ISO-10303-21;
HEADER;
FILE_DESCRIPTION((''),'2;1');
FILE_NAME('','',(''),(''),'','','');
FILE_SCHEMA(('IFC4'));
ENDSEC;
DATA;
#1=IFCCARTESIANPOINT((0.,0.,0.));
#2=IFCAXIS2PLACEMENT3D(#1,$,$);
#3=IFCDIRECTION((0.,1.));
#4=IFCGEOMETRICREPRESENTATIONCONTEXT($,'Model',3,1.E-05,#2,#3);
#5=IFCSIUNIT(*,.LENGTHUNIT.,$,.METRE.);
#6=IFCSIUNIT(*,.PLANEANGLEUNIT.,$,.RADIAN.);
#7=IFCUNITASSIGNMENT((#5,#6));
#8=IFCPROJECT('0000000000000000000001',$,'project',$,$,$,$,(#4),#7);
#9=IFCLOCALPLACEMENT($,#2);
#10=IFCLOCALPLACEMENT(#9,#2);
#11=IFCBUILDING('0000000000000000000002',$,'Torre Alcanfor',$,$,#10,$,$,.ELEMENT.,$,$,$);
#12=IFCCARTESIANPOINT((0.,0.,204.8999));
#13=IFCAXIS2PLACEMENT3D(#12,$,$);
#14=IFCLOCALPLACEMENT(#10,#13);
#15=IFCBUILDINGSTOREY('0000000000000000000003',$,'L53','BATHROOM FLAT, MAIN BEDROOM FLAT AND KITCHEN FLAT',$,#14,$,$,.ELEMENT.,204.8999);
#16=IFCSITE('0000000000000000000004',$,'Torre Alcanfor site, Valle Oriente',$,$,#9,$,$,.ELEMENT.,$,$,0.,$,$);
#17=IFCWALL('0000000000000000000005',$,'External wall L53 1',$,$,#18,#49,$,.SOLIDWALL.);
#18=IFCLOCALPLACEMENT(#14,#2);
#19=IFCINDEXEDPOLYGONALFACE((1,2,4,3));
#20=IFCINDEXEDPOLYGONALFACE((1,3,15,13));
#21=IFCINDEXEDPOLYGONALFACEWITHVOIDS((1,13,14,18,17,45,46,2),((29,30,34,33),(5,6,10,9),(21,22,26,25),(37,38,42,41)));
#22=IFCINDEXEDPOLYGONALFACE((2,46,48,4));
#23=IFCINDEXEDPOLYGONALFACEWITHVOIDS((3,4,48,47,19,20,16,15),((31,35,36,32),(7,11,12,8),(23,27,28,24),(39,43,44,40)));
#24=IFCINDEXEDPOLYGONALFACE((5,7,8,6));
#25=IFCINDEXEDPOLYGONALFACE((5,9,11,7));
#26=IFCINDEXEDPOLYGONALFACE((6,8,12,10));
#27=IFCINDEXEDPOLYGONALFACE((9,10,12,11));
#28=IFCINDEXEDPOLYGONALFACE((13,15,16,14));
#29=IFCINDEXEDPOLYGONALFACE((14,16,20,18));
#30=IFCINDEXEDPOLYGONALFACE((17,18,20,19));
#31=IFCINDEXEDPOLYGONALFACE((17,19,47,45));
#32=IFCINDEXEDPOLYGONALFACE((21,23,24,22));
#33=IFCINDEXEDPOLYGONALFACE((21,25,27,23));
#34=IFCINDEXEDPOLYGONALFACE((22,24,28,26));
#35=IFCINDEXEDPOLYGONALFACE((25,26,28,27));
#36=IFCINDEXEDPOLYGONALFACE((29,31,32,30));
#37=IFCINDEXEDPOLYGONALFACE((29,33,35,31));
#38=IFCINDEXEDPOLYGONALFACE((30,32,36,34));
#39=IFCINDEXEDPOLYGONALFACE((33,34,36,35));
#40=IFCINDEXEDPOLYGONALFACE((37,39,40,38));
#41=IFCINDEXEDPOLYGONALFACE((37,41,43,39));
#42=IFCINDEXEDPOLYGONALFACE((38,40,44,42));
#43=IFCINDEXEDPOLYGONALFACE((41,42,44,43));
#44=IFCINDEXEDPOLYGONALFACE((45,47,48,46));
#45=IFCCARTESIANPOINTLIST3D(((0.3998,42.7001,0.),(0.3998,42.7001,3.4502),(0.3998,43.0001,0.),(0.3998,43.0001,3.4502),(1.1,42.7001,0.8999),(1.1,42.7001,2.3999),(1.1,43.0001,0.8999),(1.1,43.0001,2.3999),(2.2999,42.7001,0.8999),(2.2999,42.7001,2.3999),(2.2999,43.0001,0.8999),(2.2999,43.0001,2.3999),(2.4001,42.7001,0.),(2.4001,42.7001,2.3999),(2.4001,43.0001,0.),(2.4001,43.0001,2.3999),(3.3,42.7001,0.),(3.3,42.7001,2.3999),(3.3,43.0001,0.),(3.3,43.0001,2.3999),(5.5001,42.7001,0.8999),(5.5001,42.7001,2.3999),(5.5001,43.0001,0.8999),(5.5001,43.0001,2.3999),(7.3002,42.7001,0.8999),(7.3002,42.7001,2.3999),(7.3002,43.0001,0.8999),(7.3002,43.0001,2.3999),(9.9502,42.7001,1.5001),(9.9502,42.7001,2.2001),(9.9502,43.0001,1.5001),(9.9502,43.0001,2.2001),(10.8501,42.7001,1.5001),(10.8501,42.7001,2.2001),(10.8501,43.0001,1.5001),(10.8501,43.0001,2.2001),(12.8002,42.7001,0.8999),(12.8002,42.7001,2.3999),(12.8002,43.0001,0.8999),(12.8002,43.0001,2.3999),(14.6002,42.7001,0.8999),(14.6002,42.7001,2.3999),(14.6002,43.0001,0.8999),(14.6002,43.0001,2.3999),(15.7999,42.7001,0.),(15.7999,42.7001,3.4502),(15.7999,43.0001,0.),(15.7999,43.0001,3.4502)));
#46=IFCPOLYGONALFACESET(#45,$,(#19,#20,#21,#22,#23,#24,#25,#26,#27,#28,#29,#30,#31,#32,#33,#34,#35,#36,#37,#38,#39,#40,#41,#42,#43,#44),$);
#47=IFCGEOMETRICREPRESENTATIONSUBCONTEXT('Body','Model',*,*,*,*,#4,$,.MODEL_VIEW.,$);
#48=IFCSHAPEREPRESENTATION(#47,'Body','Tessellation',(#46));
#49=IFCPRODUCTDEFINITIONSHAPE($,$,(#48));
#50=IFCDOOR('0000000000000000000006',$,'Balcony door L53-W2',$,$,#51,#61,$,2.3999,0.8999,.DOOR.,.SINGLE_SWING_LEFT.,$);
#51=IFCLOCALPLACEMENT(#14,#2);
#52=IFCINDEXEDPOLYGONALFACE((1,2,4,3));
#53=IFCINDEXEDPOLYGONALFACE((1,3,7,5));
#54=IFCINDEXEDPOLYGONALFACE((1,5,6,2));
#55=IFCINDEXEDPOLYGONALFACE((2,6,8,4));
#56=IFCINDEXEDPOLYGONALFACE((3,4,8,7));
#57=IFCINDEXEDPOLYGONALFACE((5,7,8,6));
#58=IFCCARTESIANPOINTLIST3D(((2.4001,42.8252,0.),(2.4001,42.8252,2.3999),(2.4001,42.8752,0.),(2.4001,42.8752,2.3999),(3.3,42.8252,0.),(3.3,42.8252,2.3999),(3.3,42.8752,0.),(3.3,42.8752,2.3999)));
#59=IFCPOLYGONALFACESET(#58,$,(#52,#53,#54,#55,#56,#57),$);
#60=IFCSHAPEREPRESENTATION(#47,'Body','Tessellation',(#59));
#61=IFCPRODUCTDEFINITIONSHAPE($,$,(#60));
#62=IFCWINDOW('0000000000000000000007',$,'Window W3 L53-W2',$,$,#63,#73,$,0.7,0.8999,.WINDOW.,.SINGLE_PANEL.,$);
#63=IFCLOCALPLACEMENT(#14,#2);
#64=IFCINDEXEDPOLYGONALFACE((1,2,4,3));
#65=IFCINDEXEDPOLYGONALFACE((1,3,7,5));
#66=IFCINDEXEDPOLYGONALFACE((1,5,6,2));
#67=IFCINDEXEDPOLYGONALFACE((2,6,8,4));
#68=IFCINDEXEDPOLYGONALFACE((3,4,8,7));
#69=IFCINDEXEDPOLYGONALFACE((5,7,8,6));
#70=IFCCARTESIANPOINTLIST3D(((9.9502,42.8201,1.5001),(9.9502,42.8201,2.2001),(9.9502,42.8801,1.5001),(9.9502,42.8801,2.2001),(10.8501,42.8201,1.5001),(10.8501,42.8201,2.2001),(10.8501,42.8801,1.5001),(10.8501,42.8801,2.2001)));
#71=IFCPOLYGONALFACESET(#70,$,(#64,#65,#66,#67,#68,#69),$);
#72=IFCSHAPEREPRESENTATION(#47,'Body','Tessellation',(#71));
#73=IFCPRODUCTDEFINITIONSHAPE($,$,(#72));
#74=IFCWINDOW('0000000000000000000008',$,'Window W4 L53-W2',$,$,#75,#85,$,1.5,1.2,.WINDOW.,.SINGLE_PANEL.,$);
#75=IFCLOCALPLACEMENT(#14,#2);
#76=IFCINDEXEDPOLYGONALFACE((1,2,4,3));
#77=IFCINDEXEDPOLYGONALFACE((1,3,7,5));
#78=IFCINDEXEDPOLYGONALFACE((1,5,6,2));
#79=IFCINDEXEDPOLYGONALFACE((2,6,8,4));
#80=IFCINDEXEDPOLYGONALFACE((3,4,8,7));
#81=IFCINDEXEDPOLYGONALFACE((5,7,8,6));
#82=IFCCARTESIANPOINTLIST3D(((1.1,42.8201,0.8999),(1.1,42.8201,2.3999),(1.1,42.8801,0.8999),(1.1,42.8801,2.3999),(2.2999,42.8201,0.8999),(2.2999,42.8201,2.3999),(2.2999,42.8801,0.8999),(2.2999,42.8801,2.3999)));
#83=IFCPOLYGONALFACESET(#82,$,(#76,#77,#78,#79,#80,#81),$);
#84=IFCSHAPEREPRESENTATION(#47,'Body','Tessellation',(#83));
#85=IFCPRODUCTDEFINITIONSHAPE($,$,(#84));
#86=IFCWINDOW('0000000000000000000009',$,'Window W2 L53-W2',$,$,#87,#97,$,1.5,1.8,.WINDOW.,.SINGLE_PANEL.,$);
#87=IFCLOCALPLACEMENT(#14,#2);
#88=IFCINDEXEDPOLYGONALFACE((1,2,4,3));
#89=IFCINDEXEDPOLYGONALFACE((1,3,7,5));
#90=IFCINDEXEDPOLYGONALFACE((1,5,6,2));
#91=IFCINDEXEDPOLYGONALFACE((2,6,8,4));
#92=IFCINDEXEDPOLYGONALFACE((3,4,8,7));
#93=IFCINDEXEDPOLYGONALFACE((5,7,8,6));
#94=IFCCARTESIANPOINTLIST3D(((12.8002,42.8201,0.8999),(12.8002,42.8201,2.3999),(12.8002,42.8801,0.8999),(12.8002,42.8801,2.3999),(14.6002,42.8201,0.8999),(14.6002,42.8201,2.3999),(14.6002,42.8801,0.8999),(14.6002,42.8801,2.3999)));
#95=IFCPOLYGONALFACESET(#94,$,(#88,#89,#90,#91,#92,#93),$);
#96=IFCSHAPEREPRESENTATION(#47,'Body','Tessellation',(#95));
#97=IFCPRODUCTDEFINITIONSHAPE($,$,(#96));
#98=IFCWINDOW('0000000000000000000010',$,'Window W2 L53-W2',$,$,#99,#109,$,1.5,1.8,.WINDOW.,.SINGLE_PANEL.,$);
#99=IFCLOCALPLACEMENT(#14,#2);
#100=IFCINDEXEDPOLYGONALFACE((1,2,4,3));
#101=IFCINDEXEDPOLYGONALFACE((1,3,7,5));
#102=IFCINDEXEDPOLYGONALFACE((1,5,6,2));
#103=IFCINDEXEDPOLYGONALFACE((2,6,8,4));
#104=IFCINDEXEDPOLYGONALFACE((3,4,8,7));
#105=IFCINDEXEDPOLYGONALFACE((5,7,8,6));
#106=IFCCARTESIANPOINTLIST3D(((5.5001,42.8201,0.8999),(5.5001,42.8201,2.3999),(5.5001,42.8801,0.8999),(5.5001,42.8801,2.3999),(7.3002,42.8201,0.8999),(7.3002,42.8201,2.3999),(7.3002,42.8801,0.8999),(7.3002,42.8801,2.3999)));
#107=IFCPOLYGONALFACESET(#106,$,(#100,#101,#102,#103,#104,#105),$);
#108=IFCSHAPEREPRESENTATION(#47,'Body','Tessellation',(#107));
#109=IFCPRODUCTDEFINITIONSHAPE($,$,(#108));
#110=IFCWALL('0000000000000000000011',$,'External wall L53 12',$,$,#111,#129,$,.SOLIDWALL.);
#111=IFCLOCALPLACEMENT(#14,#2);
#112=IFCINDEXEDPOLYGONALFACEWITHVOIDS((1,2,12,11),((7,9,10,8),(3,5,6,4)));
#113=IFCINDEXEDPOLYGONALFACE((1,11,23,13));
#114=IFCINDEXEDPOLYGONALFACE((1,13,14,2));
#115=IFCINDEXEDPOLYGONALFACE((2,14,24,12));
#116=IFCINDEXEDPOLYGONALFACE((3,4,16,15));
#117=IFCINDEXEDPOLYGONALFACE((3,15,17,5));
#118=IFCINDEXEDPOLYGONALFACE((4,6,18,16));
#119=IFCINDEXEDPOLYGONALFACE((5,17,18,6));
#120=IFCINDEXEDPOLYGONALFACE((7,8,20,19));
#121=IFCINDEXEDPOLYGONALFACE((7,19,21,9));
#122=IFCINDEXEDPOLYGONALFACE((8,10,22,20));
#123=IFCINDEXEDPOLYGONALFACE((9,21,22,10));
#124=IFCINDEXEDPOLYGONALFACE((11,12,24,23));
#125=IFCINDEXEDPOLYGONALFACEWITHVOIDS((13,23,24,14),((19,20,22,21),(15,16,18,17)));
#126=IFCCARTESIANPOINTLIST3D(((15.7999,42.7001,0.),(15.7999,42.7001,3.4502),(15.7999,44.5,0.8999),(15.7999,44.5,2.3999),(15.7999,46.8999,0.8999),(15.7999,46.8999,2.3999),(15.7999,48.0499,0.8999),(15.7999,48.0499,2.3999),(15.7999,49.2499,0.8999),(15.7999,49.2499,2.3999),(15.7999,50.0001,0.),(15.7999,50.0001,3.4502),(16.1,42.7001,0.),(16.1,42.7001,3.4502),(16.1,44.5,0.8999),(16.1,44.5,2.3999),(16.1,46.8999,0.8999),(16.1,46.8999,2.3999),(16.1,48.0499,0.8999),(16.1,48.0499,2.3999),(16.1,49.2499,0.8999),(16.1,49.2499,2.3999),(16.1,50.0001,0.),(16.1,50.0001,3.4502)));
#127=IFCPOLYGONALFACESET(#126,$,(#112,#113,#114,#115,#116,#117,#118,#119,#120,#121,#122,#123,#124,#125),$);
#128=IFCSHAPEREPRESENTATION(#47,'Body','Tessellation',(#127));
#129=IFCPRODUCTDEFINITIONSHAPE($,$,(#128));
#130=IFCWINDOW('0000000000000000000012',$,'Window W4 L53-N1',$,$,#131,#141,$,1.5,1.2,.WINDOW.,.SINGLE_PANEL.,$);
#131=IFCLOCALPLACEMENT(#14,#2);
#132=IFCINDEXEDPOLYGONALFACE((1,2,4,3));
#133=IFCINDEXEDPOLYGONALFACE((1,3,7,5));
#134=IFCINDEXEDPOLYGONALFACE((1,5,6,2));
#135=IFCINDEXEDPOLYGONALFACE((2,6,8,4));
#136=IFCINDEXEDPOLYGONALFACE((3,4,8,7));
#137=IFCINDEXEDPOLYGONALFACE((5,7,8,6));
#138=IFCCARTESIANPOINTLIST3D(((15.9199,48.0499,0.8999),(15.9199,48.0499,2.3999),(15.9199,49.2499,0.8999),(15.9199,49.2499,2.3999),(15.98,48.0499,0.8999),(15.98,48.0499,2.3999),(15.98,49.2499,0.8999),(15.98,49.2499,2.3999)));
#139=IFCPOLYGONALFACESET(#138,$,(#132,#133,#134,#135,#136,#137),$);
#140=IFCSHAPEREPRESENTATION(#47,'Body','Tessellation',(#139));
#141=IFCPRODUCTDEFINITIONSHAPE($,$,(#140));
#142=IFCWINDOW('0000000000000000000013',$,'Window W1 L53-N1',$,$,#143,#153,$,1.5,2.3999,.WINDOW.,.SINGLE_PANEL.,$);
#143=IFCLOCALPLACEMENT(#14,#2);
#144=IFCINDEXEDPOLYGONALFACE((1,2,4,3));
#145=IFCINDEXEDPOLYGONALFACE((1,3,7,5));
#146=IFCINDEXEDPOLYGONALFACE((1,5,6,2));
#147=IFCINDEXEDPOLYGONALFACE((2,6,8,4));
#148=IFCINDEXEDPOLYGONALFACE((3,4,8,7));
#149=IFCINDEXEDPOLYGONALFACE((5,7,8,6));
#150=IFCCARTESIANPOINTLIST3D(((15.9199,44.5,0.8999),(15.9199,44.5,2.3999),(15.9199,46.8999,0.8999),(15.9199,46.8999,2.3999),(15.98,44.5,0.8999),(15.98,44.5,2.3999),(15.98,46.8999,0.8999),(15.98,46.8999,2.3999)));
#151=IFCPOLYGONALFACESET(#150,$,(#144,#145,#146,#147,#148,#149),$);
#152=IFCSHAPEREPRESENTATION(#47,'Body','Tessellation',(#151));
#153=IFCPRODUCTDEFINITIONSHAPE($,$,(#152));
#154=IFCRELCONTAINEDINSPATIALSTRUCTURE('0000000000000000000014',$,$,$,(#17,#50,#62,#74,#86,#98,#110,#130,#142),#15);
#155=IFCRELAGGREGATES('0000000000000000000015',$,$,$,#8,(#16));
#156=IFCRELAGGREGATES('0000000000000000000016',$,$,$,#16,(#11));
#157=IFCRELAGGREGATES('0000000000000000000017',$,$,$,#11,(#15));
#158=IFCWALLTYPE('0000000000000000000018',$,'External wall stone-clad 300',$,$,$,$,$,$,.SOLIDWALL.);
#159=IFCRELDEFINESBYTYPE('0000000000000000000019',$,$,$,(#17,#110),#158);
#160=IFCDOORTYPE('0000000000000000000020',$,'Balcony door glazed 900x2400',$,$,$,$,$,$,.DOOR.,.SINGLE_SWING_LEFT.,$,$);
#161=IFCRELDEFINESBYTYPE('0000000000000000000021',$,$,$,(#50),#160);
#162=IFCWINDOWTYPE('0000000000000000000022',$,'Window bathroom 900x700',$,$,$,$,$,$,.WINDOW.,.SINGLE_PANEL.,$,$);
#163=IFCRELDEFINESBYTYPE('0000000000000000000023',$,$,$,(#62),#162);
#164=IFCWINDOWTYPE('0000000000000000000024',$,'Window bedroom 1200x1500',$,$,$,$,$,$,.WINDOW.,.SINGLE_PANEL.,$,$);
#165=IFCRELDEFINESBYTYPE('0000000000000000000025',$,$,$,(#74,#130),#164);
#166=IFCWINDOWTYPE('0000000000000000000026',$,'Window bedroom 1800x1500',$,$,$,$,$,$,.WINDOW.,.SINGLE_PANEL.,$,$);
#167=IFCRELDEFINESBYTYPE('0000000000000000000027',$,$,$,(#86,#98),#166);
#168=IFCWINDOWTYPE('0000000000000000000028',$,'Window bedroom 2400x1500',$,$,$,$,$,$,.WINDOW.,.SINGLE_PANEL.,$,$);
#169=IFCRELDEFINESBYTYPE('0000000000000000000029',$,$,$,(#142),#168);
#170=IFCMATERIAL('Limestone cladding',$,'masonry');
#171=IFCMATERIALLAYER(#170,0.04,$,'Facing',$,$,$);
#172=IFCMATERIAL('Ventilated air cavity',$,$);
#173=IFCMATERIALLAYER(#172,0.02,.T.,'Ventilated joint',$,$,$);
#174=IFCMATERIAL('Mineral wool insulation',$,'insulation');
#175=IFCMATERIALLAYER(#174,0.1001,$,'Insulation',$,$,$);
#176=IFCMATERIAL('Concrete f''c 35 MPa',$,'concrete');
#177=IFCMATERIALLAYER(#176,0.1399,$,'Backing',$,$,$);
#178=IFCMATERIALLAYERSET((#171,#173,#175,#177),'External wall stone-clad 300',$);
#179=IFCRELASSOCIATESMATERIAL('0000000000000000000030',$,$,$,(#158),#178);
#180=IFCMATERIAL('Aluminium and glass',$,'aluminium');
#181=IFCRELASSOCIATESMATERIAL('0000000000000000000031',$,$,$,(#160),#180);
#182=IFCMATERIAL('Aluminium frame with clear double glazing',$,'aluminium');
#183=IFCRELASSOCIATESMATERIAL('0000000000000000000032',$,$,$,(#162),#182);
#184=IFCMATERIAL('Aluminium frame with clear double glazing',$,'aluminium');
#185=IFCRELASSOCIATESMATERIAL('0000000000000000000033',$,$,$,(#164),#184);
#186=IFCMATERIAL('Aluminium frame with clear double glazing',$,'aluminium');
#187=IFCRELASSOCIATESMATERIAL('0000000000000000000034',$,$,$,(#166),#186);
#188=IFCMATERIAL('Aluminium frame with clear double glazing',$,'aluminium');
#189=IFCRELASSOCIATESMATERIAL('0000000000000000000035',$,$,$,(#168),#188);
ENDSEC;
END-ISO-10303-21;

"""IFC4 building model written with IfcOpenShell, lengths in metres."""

from ifc_helpers import new_model, si_unit, direction, frame, frame_2d, origin, place, context, subcontext, project, spatial, rectangle, extrude, material, layer, layer_set, type_object, element, fill, save


model = new_model("IFC4")

# Units and contexts
model_context = context("Model", 3, precision=1e-05, world=origin(), true_north=direction((0.0, 1.0)))
body_context = subcontext(model_context, "Body", "Model", "MODEL_VIEW")
ifc_project = project(units=[si_unit("LENGTHUNIT", "METRE"), si_unit("PLANEANGLEUNIT", "RADIAN")], contexts=[model_context])

# Site, building, storey
site_placement = place(None, origin())
site = spatial("IfcSite", under=ifc_project, at=site_placement, Name="Torre Alcanfor site, Valle Oriente", CompositionType="ELEMENT", RefElevation=0.0)
building_placement = place(site_placement, origin())
building = spatial("IfcBuilding", under=site, at=building_placement, Name="Torre Alcanfor", CompositionType="ELEMENT")
storey_placement = place(building_placement, frame((0.0, 0.0, 204.8999)))
storey = spatial("IfcBuildingStorey", under=building, at=storey_placement, Name="L53", Description="BATHROOM FLAT, MAIN BEDROOM FLAT AND KITCHEN FLAT", CompositionType="ELEMENT", Elevation=204.8999)

# Wall, openings, door, windows
ifc_material_1 = material(Name="Limestone cladding", Category="masonry")
ifc_layer_1 = layer(ifc_material_1, 0.04, Name="Facing")
ifc_material_2 = material(Name="Ventilated air cavity")
ifc_layer_2 = layer(ifc_material_2, 0.02, ventilated=True, Name="Ventilated joint")
ifc_material_3 = material(Name="Mineral wool insulation", Category="insulation")
ifc_layer_3 = layer(ifc_material_3, 0.1001, Name="Insulation")
ifc_material_4 = material(Name="Concrete f'c 35 MPa", Category="concrete")
ifc_layer_4 = layer(ifc_material_4, 0.1399, Name="Backing")
ifc_layer_set_1 = layer_set([ifc_layer_1, ifc_layer_2, ifc_layer_3, ifc_layer_4], Name="External wall stone-clad 300")
wall_type_1 = type_object("IfcWallType", Name="External wall stone-clad 300", PredefinedType="SOLIDWALL", material=ifc_layer_set_1)
wall_1_placement = place(storey_placement, frame((15.8, 42.8501, 0.0), z_axis=(0.0, 0.0, 1.0), x_axis=(-1.0, 0.0, 0.0)))
wall_1 = element("IfcWall", 1, at=wall_1_placement, inside=storey, type_object=wall_type_1, Name="External wall L53 1", PredefinedType="SOLIDWALL", context=body_context, shape_type="SweptSolid", body=[
    extrude(rectangle(XDim=15.4001, YDim=0.3, at=frame_2d((7.7002, 0.0))), origin(), (0.0, 0.0, 1.0), 3.4502),
])
opening_1_placement = place(wall_1_placement, frame((1.2, 0.0, 0.8999)))
opening_1 = element("IfcOpeningElement", 2, at=opening_1_placement, cuts=wall_1, PredefinedType="OPENING", context=body_context, shape_type="SweptSolid", body=[
    extrude(rectangle(XDim=1.8, YDim=1.5, at=frame_2d((0.8999, 0.75))), frame((0.0, 0.1599, 0.0), z_axis=(0.0, -1.0, 0.0), x_axis=(1.0, 0.0, 0.0)), (0.0, 0.0, 1.0), 0.3201),
])
opening_2_placement = place(wall_1_placement, frame((4.95, 0.0, 1.5)))
opening_2 = element("IfcOpeningElement", 3, at=opening_2_placement, cuts=wall_1, PredefinedType="OPENING", context=body_context, shape_type="SweptSolid", body=[
    extrude(rectangle(XDim=0.8999, YDim=0.7, at=frame_2d((0.45, 0.3501))), frame((0.0, 0.1599, 0.0), z_axis=(0.0, -1.0, 0.0), x_axis=(1.0, 0.0, 0.0)), (0.0, 0.0, 1.0), 0.3201),
])
opening_3_placement = place(wall_1_placement, frame((8.5, 0.0, 0.8999)))
opening_3 = element("IfcOpeningElement", 4, at=opening_3_placement, cuts=wall_1, PredefinedType="OPENING", context=body_context, shape_type="SweptSolid", body=[
    extrude(rectangle(XDim=1.8, YDim=1.5, at=frame_2d((0.8999, 0.75))), frame((0.0, 0.1599, 0.0), z_axis=(0.0, -1.0, 0.0), x_axis=(1.0, 0.0, 0.0)), (0.0, 0.0, 1.0), 0.3201),
])
opening_4_placement = place(wall_1_placement, frame((12.5, 0.0, 0.0)))
opening_4 = element("IfcOpeningElement", 5, at=opening_4_placement, cuts=wall_1, PredefinedType="OPENING", context=body_context, shape_type="SweptSolid", body=[
    extrude(rectangle(XDim=0.8999, YDim=2.3999, at=frame_2d((0.45, 1.2))), frame((0.0, 0.1599, 0.0), z_axis=(0.0, -1.0, 0.0), x_axis=(1.0, 0.0, 0.0)), (0.0, 0.0, 1.0), 0.3201),
])
opening_5_placement = place(wall_1_placement, frame((13.5, 0.0, 0.8999)))
opening_5 = element("IfcOpeningElement", 6, at=opening_5_placement, cuts=wall_1, PredefinedType="OPENING", context=body_context, shape_type="SweptSolid", body=[
    extrude(rectangle(XDim=1.2, YDim=1.5, at=frame_2d((0.6001, 0.75))), frame((0.0, 0.1599, 0.0), z_axis=(0.0, -1.0, 0.0), x_axis=(1.0, 0.0, 0.0)), (0.0, 0.0, 1.0), 0.3201),
])
ifc_material_5 = material(Name="Aluminium and glass", Category="aluminium")
door_type = type_object("IfcDoorType", Name="Balcony door glazed 900x2400", OperationType="SINGLE_SWING_LEFT", PredefinedType="DOOR", material=ifc_material_5)
door_placement = place(opening_4_placement, origin())
door = element("IfcDoor", 7, at=door_placement, inside=storey, type_object=door_type, Name="Balcony door L53-W2", OperationType="SINGLE_SWING_LEFT", OverallHeight=2.3999, OverallWidth=0.8999, PredefinedType="DOOR", context=body_context, shape_type="SweptSolid", body=[
    extrude(rectangle(XDim=0.8999, YDim=2.3999, at=frame_2d((0.45, 1.2))), frame((0.0, 0.0249, 0.0), z_axis=(0.0, -1.0, 0.0), x_axis=(1.0, 0.0, 0.0)), (0.0, 0.0, 1.0), 0.05),
])
fill(opening_4, door)
ifc_material_6 = material(Name="Aluminium frame with clear double glazing", Category="aluminium")
window_type_1 = type_object("IfcWindowType", Name="Window bathroom 900x700", PartitioningType="SINGLE_PANEL", PredefinedType="WINDOW", material=ifc_material_6)
window_1_placement = place(opening_2_placement, origin())
window_1 = element("IfcWindow", 8, at=window_1_placement, inside=storey, type_object=window_type_1, Name="Window W3 L53-W2", OverallHeight=0.7, OverallWidth=0.8999, PartitioningType="SINGLE_PANEL", PredefinedType="WINDOW", context=body_context, shape_type="SweptSolid", body=[
    extrude(rectangle(XDim=0.8999, YDim=0.7, at=frame_2d((0.45, 0.3501))), frame((0.0, 0.03, 0.0), z_axis=(0.0, -1.0, 0.0), x_axis=(1.0, 0.0, 0.0)), (0.0, 0.0, 1.0), 0.0601),
])
fill(opening_2, window_1)
ifc_material_7 = material(Name="Aluminium frame with clear double glazing", Category="aluminium")
window_type_2 = type_object("IfcWindowType", Name="Window bedroom 1200x1500", PartitioningType="SINGLE_PANEL", PredefinedType="WINDOW", material=ifc_material_7)
window_2_placement = place(opening_5_placement, origin())
window_2 = element("IfcWindow", 9, at=window_2_placement, inside=storey, type_object=window_type_2, Name="Window W4 L53-W2", OverallHeight=1.5, OverallWidth=1.2, PartitioningType="SINGLE_PANEL", PredefinedType="WINDOW", context=body_context, shape_type="SweptSolid", body=[
    extrude(rectangle(XDim=1.2, YDim=1.5, at=frame_2d((0.6001, 0.75))), frame((0.0, 0.03, 0.0), z_axis=(0.0, -1.0, 0.0), x_axis=(1.0, 0.0, 0.0)), (0.0, 0.0, 1.0), 0.0601),
])
fill(opening_5, window_2)
ifc_material_8 = material(Name="Aluminium frame with clear double glazing", Category="aluminium")
window_type_3 = type_object("IfcWindowType", Name="Window bedroom 1800x1500", PartitioningType="SINGLE_PANEL", PredefinedType="WINDOW", material=ifc_material_8)
window_3_placement = place(opening_1_placement, origin())
window_3 = element("IfcWindow", 10, at=window_3_placement, inside=storey, type_object=window_type_3, Name="Window W2 L53-W2", OverallHeight=1.5, OverallWidth=1.8, PartitioningType="SINGLE_PANEL", PredefinedType="WINDOW", context=body_context, shape_type="SweptSolid", body=[
    extrude(rectangle(XDim=1.8, YDim=1.5, at=frame_2d((0.8999, 0.75))), frame((0.0, 0.03, 0.0), z_axis=(0.0, -1.0, 0.0), x_axis=(1.0, 0.0, 0.0)), (0.0, 0.0, 1.0), 0.0601),
])
fill(opening_1, window_3)
window_4_placement = place(opening_3_placement, origin())
window_4 = element("IfcWindow", 11, at=window_4_placement, inside=storey, type_object=window_type_3, Name="Window W2 L53-W2", OverallHeight=1.5, OverallWidth=1.8, PartitioningType="SINGLE_PANEL", PredefinedType="WINDOW", context=body_context, shape_type="SweptSolid", body=[
    extrude(rectangle(XDim=1.8, YDim=1.5, at=frame_2d((0.8999, 0.75))), frame((0.0, 0.03, 0.0), z_axis=(0.0, -1.0, 0.0), x_axis=(1.0, 0.0, 0.0)), (0.0, 0.0, 1.0), 0.0601),
])
fill(opening_3, window_4)

# Wall, openings, windows
wall_2_placement = place(storey_placement, frame((15.95, 50.0, 0.0), z_axis=(0.0, 0.0, 1.0), x_axis=(0.0, -1.0, 0.0)))
wall_2 = element("IfcWall", 12, at=wall_2_placement, inside=storey, type_object=wall_type_1, Name="External wall L53 12", PredefinedType="SOLIDWALL", context=body_context, shape_type="SweptSolid", body=[
    extrude(rectangle(XDim=7.3, YDim=0.3, at=frame_2d((3.6499, 0.0))), origin(), (0.0, 0.0, 1.0), 3.4502),
])
opening_6_placement = place(wall_2_placement, frame((3.1001, 0.0, 0.8999)))
opening_6 = element("IfcOpeningElement", 13, at=opening_6_placement, cuts=wall_2, PredefinedType="OPENING", context=body_context, shape_type="SweptSolid", body=[
    extrude(rectangle(XDim=2.3999, YDim=1.5, at=frame_2d((1.2, 0.75))), frame((0.0, 0.1599, 0.0), z_axis=(0.0, -1.0, 0.0), x_axis=(1.0, 0.0, 0.0)), (0.0, 0.0, 1.0), 0.3201),
])
opening_7_placement = place(wall_2_placement, frame((0.75, 0.0, 0.8999)))
opening_7 = element("IfcOpeningElement", 14, at=opening_7_placement, cuts=wall_2, PredefinedType="OPENING", context=body_context, shape_type="SweptSolid", body=[
    extrude(rectangle(XDim=1.2, YDim=1.5, at=frame_2d((0.6001, 0.75))), frame((0.0, 0.1599, 0.0), z_axis=(0.0, -1.0, 0.0), x_axis=(1.0, 0.0, 0.0)), (0.0, 0.0, 1.0), 0.3201),
])
window_5_placement = place(opening_7_placement, origin())
window_5 = element("IfcWindow", 15, at=window_5_placement, inside=storey, type_object=window_type_2, Name="Window W4 L53-N1", OverallHeight=1.5, OverallWidth=1.2, PartitioningType="SINGLE_PANEL", PredefinedType="WINDOW", context=body_context, shape_type="SweptSolid", body=[
    extrude(rectangle(XDim=1.2, YDim=1.5, at=frame_2d((0.6001, 0.75))), frame((0.0, 0.03, 0.0), z_axis=(0.0, -1.0, 0.0), x_axis=(1.0, 0.0, 0.0)), (0.0, 0.0, 1.0), 0.0601),
])
fill(opening_7, window_5)
ifc_material_9 = material(Name="Aluminium frame with clear double glazing", Category="aluminium")
window_type_4 = type_object("IfcWindowType", Name="Window bedroom 2400x1500", PartitioningType="SINGLE_PANEL", PredefinedType="WINDOW", material=ifc_material_9)
window_6_placement = place(opening_6_placement, origin())
window_6 = element("IfcWindow", 16, at=window_6_placement, inside=storey, type_object=window_type_4, Name="Window W1 L53-N1", OverallHeight=1.5, OverallWidth=2.3999, PartitioningType="SINGLE_PANEL", PredefinedType="WINDOW", context=body_context, shape_type="SweptSolid", body=[
    extrude(rectangle(XDim=2.3999, YDim=1.5, at=frame_2d((1.2, 0.75))), frame((0.0, 0.03, 0.0), z_axis=(0.0, -1.0, 0.0), x_axis=(1.0, 0.0, 0.0)), (0.0, 0.0, 1.0), 0.0601),
])
fill(opening_6, window_6)

save(model, "model.ifc")
